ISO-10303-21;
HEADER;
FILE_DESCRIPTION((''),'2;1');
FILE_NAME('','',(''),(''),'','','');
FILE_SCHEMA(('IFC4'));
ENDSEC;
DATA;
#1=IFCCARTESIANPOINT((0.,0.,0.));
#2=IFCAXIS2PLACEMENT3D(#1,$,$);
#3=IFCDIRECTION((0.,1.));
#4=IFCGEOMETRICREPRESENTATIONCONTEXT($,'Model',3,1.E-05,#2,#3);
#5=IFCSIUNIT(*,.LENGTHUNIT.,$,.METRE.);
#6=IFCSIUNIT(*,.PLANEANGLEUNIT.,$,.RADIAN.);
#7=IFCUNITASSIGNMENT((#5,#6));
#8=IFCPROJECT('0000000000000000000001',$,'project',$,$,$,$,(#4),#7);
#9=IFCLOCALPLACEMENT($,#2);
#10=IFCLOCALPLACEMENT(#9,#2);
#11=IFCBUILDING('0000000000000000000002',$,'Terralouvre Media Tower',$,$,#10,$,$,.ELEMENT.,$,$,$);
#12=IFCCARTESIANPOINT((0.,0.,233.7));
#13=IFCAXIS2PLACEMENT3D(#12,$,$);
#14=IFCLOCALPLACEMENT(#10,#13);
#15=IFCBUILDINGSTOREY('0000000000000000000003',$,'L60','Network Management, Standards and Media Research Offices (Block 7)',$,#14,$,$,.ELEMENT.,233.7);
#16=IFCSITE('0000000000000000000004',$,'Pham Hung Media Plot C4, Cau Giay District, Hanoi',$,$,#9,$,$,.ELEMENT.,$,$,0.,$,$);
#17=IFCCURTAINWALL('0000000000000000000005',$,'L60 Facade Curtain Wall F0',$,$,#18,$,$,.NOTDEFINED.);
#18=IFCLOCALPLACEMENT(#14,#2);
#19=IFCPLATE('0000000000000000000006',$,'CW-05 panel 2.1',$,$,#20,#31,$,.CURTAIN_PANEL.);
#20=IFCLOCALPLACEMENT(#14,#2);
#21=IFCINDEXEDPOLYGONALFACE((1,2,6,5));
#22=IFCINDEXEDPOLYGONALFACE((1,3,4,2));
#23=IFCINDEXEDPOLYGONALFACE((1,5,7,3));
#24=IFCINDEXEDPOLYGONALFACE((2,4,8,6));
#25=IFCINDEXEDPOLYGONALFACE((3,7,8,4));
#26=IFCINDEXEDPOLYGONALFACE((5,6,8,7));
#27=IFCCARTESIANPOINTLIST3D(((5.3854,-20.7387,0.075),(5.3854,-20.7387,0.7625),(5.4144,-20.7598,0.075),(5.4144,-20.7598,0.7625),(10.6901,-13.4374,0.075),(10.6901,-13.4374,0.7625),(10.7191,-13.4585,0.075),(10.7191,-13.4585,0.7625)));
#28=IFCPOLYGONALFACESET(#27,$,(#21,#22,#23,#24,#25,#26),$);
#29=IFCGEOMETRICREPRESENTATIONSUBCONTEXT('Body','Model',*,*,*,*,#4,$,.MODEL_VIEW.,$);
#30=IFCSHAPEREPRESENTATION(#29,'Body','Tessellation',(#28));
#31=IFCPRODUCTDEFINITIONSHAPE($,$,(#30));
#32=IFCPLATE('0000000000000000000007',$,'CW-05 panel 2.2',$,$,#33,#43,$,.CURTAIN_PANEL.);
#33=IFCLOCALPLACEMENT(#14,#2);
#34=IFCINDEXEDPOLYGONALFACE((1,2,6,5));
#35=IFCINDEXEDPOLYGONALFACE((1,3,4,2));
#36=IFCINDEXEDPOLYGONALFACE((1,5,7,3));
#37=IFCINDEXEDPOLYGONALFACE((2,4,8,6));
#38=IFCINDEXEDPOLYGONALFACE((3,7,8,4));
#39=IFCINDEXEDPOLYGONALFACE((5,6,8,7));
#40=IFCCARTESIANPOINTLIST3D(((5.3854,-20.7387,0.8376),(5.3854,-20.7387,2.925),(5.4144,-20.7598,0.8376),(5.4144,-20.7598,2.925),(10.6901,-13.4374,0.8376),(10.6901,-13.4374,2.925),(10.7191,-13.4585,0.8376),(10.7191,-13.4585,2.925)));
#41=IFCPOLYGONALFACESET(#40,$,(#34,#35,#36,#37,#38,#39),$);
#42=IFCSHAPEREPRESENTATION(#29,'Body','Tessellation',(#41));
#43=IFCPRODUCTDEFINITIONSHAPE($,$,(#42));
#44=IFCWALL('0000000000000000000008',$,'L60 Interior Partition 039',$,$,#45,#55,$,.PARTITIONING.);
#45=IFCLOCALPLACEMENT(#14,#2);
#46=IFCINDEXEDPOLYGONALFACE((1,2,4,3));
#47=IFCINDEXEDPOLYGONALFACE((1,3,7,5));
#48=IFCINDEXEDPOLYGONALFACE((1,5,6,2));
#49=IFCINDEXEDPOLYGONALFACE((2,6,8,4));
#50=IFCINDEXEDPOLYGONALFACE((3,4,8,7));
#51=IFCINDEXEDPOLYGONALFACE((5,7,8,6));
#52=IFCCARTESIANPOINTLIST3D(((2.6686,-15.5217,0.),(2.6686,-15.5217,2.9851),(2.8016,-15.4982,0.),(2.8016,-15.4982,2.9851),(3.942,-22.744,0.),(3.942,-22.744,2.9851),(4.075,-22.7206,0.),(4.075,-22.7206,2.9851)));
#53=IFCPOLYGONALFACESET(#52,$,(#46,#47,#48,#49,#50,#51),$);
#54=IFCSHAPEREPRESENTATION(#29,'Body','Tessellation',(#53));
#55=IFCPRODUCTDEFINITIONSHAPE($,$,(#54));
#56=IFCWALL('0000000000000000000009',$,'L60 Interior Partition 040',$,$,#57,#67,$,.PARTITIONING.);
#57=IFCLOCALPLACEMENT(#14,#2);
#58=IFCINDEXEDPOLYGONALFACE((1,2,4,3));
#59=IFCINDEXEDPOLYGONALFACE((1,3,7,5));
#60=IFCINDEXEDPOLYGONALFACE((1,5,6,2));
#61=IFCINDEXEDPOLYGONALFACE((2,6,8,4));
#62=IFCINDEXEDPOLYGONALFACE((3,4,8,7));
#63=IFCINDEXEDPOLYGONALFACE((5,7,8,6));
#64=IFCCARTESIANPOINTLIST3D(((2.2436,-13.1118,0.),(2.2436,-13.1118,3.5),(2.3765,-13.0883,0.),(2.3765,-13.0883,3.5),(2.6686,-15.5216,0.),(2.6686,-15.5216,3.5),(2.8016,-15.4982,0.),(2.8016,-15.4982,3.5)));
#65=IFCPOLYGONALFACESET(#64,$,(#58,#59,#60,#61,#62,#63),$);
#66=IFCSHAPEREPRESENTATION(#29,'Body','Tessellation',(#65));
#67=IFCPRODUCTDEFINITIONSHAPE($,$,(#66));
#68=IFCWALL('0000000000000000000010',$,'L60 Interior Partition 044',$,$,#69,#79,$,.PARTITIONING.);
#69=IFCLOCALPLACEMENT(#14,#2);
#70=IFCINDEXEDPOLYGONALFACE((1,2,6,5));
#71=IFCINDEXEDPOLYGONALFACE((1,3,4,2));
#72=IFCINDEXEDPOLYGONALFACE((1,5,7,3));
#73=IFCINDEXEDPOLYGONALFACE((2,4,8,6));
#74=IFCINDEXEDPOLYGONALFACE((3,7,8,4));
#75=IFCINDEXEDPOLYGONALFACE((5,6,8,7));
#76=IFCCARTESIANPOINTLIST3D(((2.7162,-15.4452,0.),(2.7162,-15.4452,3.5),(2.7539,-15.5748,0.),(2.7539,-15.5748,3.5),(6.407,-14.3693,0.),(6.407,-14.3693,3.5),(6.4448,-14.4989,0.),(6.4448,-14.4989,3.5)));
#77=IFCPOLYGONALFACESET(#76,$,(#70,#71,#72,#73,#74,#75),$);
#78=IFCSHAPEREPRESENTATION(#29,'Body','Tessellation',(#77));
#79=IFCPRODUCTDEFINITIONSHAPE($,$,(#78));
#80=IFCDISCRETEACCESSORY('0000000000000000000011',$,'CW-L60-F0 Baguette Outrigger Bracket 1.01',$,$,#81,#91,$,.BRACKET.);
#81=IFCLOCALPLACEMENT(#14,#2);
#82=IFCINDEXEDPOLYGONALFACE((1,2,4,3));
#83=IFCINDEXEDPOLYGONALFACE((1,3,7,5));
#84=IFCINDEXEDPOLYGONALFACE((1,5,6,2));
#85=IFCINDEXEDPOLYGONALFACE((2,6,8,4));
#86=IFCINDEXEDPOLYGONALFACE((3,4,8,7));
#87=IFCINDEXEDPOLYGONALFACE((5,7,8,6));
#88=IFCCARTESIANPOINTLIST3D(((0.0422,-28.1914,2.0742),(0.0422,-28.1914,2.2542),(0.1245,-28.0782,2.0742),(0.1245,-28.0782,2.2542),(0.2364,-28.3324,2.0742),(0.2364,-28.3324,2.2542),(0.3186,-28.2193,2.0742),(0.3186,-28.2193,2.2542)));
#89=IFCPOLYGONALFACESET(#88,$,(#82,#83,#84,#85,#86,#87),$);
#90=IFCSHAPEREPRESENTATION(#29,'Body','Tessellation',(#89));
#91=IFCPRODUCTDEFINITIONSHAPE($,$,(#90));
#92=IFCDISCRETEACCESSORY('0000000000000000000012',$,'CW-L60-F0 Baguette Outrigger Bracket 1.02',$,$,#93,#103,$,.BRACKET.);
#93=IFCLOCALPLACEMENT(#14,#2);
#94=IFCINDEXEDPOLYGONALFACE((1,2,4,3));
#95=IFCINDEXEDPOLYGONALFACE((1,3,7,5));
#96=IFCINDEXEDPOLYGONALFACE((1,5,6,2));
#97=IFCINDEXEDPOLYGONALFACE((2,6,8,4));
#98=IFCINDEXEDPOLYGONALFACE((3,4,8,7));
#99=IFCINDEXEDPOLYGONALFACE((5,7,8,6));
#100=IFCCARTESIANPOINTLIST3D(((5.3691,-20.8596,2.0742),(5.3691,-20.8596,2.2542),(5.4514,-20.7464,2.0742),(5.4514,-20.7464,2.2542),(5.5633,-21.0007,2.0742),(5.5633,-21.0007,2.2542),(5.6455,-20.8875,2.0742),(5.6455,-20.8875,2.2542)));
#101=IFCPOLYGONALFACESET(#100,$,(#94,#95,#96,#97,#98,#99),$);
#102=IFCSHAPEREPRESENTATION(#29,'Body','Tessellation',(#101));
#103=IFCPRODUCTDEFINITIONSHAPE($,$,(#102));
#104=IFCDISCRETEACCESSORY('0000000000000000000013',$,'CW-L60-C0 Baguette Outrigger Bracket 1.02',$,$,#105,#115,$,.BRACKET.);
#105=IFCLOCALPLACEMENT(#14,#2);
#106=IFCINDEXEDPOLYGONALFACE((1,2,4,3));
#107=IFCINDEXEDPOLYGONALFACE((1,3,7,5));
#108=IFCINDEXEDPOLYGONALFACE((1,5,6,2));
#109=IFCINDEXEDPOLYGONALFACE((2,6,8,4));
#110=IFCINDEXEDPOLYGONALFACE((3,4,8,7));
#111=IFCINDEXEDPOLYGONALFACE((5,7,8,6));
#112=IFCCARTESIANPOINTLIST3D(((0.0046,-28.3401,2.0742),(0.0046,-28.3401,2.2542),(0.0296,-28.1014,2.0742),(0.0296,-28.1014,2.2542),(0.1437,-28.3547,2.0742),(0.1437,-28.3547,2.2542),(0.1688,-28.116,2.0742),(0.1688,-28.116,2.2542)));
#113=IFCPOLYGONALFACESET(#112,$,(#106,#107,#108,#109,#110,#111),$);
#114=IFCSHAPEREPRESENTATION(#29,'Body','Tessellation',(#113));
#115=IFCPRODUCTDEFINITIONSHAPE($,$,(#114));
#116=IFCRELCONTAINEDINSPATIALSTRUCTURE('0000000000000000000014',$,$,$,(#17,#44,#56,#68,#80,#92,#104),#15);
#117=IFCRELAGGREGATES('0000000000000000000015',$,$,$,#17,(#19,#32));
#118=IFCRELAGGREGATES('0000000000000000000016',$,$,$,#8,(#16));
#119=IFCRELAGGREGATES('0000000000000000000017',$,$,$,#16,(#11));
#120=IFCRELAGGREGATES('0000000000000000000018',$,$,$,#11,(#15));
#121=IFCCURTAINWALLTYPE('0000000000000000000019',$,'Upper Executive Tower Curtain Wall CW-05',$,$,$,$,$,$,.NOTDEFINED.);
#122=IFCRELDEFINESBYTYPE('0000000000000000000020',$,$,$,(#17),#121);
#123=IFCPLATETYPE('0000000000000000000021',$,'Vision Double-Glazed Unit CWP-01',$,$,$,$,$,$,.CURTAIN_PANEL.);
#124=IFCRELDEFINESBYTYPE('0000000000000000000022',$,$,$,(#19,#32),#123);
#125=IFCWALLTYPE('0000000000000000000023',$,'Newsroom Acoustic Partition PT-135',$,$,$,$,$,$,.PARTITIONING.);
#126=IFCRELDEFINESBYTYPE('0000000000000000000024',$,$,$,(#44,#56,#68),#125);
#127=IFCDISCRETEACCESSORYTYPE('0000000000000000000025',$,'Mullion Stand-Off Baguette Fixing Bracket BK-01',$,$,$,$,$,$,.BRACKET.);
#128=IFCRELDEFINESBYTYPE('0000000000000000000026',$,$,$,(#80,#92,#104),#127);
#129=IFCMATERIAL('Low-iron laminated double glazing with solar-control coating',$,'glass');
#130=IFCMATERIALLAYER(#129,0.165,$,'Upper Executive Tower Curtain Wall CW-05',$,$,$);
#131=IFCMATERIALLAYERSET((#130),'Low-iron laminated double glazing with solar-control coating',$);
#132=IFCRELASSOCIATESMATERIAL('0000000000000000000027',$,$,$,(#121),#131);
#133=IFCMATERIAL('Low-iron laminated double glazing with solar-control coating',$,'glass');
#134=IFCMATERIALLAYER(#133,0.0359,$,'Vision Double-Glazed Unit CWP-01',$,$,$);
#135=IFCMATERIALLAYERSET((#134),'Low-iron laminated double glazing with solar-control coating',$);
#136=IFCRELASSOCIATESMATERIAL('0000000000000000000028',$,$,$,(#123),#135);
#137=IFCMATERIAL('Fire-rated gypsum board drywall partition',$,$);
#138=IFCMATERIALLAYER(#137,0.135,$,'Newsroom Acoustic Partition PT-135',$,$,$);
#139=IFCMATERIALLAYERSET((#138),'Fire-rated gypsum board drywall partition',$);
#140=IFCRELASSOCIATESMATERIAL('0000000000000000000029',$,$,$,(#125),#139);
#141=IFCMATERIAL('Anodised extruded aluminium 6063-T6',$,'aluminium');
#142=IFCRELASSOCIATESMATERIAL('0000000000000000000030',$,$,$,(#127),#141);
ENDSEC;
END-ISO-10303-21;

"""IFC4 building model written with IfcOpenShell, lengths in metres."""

from ifc_helpers import new_model, si_unit, direction, frame, frame_2d, origin, origin_2d, place, context, subcontext, project, spatial, rectangle, extrude, material, layer, layer_set, type_object, element, aggregate, save


model = new_model("IFC4")

# Units and contexts
model_context = context("Model", 3, precision=1e-05, world=origin(), true_north=direction((0.0, 1.0)))
body_context = subcontext(model_context, "Body", "Model", "MODEL_VIEW")
ifc_project = project(units=[si_unit("LENGTHUNIT", "METRE"), si_unit("PLANEANGLEUNIT", "RADIAN")], contexts=[model_context])

# Site, building, storey
site_placement = place(None, origin())
site = spatial("IfcSite", under=ifc_project, at=site_placement, Name="Pham Hung Media Plot C4, Cau Giay District, Hanoi", CompositionType="ELEMENT", RefElevation=0.0)
building_placement = place(site_placement, origin())
building = spatial("IfcBuilding", under=site, at=building_placement, Name="Terralouvre Media Tower", CompositionType="ELEMENT")
storey_placement = place(building_placement, frame((0.0, 0.0, 233.7)))
storey = spatial("IfcBuildingStorey", under=building, at=storey_placement, Name="L60", Description="Network Management, Standards and Media Research Offices (Block 7)", CompositionType="ELEMENT", Elevation=233.7)

# Curtain wall
ifc_material_1 = material(Name="Low-iron laminated double glazing with solar-control coating", Category="glass")
ifc_layer_1 = layer(ifc_material_1, 0.165, Name="Upper Executive Tower Curtain Wall CW-05")
ifc_layer_set_1 = layer_set([ifc_layer_1], Name="Low-iron laminated double glazing with solar-control coating")
curtain_wall_type_1 = type_object("IfcCurtainWallType", Name="Upper Executive Tower Curtain Wall CW-05", PredefinedType="NOTDEFINED", material=ifc_layer_set_1)
curtain_wall_1_placement = place(storey_placement, origin())
curtain_wall_1 = element("IfcCurtainWall", 1, at=curtain_wall_1_placement, inside=storey, type_object=curtain_wall_type_1, Name="L60 Facade Curtain Wall F0", PredefinedType="NOTDEFINED")

# Plates
ifc_material_2 = material(Name="Low-iron laminated double glazing with solar-control coating", Category="glass")
ifc_layer_2 = layer(ifc_material_2, 0.0359, Name="Vision Double-Glazed Unit CWP-01")
ifc_layer_set_2 = layer_set([ifc_layer_2], Name="Low-iron laminated double glazing with solar-control coating")
plate_type = type_object("IfcPlateType", Name="Vision Double-Glazed Unit CWP-01", PredefinedType="CURTAIN_PANEL", material=ifc_layer_set_2)
plate_1_placement = place(storey_placement, frame((8.0522, -17.0986, 0.075), z_axis=(0.0, 0.0, 1.0), x_axis=(0.587785, 0.809017, 0.0)))
plate_1 = element("IfcPlate", 2, at=plate_1_placement, type_object=plate_type, Name="CW-05 panel 2.1", PredefinedType="CURTAIN_PANEL", context=body_context, shape_type="SweptSolid", body=[
    extrude(rectangle(XDim=9.0249, YDim=0.0359, at=origin_2d()), origin(), (0.0, 0.0, 1.0), 0.6875),
])
plate_2_placement = place(storey_placement, frame((8.0522, -17.0986, 0.8376), z_axis=(0.0, 0.0, 1.0), x_axis=(0.587785, 0.809017, 0.0)))
plate_2 = element("IfcPlate", 3, at=plate_2_placement, type_object=plate_type, Name="CW-05 panel 2.2", PredefinedType="CURTAIN_PANEL", context=body_context, shape_type="SweptSolid", body=[
    extrude(rectangle(XDim=9.0249, YDim=0.0359, at=origin_2d()), origin(), (0.0, 0.0, 1.0), 2.0874),
])
aggregate(curtain_wall_1, [plate_1, plate_2])

# Walls
ifc_material_3 = material(Name="Fire-rated gypsum board drywall partition")
ifc_layer_3 = layer(ifc_material_3, 0.135, Name="Newsroom Acoustic Partition PT-135")
ifc_layer_set_3 = layer_set([ifc_layer_3], Name="Fire-rated gypsum board drywall partition")
wall_type = type_object("IfcWallType", Name="Newsroom Acoustic Partition PT-135", PredefinedType="PARTITIONING", material=ifc_layer_set_3)
wall_1_placement = place(storey_placement, frame((4.0085, -22.7324, 0.0), z_axis=(0.0, 0.0, 1.0), x_axis=(-0.173639, 0.984809, 0.0)))
element("IfcWall", 4, at=wall_1_placement, inside=storey, type_object=wall_type, Name="L60 Interior Partition 039", PredefinedType="PARTITIONING", context=body_context, shape_type="SweptSolid", body=[
    extrude(rectangle(XDim=7.3337, YDim=0.135, at=frame_2d((3.667, 0.0))), origin(), (0.0, 0.0, 1.0), 2.9851),
])
wall_2_placement = place(storey_placement, frame((2.7351, -15.51, 0.0), z_axis=(0.0, 0.0, 1.0), x_axis=(-0.173694, 0.9848, 0.0)))
element("IfcWall", 5, at=wall_2_placement, inside=storey, type_object=wall_type, Name="L60 Interior Partition 040", PredefinedType="PARTITIONING", context=body_context, shape_type="SweptSolid", body=[
    extrude(rectangle(XDim=2.447, YDim=0.135, at=frame_2d((1.2236, 0.0))), origin(), (0.0, 0.0, 1.0), 3.5),
])
wall_3_placement = place(storey_placement, frame((6.426, -14.4341, 0.0), z_axis=(0.0, 0.0, 1.0), x_axis=(-0.960041, -0.279859, 0.0)))
element("IfcWall", 6, at=wall_3_placement, inside=storey, type_object=wall_type, Name="L60 Interior Partition 044", PredefinedType="PARTITIONING", context=body_context, shape_type="SweptSolid", body=[
    extrude(rectangle(XDim=3.8445, YDim=0.135, at=frame_2d((1.9224, 0.0))), origin(), (0.0, 0.0, 1.0), 3.5),
])

# Discrete accessories
ifc_material_4 = material(Name="Anodised extruded aluminium 6063-T6", Category="aluminium")
discrete_accessory_type = type_object("IfcDiscreteAccessoryType", Name="Mullion Stand-Off Baguette Fixing Bracket BK-01", PredefinedType="BRACKET", material=ifc_material_4)
for number, where, z_axis, x_axis, name in (
    (7, (0.1804, -28.2053, 2.0742), (0.0, 0.0, 1.0), (0.587785, 0.809017, 0.0), "CW-L60-F0 Baguette Outrigger Bracket 1.01"),
    (8, (5.5073, -20.8735, 2.0742), (0.0, 0.0, 1.0), (0.587785, 0.809017, 0.0), "CW-L60-F0 Baguette Outrigger Bracket 1.02"),
    (9, (0.0867, -28.228, 2.0742), (0.0, 0.0, 1.0), (0.994522, -0.104528, 0.0), "CW-L60-C0 Baguette Outrigger Bracket 1.02"),
):
    element("IfcDiscreteAccessory", number, at=place(storey_placement, frame(where, z_axis=z_axis, x_axis=x_axis)), inside=storey, type_object=discrete_accessory_type, Name=name, PredefinedType="BRACKET", context=body_context, shape_type="SweptSolid", body=[
        extrude(rectangle(XDim=0.1399, YDim=0.24, at=origin_2d()), origin(), (0.0, 0.0, 1.0), 0.1799),
    ])

save(model, "model.ifc")
